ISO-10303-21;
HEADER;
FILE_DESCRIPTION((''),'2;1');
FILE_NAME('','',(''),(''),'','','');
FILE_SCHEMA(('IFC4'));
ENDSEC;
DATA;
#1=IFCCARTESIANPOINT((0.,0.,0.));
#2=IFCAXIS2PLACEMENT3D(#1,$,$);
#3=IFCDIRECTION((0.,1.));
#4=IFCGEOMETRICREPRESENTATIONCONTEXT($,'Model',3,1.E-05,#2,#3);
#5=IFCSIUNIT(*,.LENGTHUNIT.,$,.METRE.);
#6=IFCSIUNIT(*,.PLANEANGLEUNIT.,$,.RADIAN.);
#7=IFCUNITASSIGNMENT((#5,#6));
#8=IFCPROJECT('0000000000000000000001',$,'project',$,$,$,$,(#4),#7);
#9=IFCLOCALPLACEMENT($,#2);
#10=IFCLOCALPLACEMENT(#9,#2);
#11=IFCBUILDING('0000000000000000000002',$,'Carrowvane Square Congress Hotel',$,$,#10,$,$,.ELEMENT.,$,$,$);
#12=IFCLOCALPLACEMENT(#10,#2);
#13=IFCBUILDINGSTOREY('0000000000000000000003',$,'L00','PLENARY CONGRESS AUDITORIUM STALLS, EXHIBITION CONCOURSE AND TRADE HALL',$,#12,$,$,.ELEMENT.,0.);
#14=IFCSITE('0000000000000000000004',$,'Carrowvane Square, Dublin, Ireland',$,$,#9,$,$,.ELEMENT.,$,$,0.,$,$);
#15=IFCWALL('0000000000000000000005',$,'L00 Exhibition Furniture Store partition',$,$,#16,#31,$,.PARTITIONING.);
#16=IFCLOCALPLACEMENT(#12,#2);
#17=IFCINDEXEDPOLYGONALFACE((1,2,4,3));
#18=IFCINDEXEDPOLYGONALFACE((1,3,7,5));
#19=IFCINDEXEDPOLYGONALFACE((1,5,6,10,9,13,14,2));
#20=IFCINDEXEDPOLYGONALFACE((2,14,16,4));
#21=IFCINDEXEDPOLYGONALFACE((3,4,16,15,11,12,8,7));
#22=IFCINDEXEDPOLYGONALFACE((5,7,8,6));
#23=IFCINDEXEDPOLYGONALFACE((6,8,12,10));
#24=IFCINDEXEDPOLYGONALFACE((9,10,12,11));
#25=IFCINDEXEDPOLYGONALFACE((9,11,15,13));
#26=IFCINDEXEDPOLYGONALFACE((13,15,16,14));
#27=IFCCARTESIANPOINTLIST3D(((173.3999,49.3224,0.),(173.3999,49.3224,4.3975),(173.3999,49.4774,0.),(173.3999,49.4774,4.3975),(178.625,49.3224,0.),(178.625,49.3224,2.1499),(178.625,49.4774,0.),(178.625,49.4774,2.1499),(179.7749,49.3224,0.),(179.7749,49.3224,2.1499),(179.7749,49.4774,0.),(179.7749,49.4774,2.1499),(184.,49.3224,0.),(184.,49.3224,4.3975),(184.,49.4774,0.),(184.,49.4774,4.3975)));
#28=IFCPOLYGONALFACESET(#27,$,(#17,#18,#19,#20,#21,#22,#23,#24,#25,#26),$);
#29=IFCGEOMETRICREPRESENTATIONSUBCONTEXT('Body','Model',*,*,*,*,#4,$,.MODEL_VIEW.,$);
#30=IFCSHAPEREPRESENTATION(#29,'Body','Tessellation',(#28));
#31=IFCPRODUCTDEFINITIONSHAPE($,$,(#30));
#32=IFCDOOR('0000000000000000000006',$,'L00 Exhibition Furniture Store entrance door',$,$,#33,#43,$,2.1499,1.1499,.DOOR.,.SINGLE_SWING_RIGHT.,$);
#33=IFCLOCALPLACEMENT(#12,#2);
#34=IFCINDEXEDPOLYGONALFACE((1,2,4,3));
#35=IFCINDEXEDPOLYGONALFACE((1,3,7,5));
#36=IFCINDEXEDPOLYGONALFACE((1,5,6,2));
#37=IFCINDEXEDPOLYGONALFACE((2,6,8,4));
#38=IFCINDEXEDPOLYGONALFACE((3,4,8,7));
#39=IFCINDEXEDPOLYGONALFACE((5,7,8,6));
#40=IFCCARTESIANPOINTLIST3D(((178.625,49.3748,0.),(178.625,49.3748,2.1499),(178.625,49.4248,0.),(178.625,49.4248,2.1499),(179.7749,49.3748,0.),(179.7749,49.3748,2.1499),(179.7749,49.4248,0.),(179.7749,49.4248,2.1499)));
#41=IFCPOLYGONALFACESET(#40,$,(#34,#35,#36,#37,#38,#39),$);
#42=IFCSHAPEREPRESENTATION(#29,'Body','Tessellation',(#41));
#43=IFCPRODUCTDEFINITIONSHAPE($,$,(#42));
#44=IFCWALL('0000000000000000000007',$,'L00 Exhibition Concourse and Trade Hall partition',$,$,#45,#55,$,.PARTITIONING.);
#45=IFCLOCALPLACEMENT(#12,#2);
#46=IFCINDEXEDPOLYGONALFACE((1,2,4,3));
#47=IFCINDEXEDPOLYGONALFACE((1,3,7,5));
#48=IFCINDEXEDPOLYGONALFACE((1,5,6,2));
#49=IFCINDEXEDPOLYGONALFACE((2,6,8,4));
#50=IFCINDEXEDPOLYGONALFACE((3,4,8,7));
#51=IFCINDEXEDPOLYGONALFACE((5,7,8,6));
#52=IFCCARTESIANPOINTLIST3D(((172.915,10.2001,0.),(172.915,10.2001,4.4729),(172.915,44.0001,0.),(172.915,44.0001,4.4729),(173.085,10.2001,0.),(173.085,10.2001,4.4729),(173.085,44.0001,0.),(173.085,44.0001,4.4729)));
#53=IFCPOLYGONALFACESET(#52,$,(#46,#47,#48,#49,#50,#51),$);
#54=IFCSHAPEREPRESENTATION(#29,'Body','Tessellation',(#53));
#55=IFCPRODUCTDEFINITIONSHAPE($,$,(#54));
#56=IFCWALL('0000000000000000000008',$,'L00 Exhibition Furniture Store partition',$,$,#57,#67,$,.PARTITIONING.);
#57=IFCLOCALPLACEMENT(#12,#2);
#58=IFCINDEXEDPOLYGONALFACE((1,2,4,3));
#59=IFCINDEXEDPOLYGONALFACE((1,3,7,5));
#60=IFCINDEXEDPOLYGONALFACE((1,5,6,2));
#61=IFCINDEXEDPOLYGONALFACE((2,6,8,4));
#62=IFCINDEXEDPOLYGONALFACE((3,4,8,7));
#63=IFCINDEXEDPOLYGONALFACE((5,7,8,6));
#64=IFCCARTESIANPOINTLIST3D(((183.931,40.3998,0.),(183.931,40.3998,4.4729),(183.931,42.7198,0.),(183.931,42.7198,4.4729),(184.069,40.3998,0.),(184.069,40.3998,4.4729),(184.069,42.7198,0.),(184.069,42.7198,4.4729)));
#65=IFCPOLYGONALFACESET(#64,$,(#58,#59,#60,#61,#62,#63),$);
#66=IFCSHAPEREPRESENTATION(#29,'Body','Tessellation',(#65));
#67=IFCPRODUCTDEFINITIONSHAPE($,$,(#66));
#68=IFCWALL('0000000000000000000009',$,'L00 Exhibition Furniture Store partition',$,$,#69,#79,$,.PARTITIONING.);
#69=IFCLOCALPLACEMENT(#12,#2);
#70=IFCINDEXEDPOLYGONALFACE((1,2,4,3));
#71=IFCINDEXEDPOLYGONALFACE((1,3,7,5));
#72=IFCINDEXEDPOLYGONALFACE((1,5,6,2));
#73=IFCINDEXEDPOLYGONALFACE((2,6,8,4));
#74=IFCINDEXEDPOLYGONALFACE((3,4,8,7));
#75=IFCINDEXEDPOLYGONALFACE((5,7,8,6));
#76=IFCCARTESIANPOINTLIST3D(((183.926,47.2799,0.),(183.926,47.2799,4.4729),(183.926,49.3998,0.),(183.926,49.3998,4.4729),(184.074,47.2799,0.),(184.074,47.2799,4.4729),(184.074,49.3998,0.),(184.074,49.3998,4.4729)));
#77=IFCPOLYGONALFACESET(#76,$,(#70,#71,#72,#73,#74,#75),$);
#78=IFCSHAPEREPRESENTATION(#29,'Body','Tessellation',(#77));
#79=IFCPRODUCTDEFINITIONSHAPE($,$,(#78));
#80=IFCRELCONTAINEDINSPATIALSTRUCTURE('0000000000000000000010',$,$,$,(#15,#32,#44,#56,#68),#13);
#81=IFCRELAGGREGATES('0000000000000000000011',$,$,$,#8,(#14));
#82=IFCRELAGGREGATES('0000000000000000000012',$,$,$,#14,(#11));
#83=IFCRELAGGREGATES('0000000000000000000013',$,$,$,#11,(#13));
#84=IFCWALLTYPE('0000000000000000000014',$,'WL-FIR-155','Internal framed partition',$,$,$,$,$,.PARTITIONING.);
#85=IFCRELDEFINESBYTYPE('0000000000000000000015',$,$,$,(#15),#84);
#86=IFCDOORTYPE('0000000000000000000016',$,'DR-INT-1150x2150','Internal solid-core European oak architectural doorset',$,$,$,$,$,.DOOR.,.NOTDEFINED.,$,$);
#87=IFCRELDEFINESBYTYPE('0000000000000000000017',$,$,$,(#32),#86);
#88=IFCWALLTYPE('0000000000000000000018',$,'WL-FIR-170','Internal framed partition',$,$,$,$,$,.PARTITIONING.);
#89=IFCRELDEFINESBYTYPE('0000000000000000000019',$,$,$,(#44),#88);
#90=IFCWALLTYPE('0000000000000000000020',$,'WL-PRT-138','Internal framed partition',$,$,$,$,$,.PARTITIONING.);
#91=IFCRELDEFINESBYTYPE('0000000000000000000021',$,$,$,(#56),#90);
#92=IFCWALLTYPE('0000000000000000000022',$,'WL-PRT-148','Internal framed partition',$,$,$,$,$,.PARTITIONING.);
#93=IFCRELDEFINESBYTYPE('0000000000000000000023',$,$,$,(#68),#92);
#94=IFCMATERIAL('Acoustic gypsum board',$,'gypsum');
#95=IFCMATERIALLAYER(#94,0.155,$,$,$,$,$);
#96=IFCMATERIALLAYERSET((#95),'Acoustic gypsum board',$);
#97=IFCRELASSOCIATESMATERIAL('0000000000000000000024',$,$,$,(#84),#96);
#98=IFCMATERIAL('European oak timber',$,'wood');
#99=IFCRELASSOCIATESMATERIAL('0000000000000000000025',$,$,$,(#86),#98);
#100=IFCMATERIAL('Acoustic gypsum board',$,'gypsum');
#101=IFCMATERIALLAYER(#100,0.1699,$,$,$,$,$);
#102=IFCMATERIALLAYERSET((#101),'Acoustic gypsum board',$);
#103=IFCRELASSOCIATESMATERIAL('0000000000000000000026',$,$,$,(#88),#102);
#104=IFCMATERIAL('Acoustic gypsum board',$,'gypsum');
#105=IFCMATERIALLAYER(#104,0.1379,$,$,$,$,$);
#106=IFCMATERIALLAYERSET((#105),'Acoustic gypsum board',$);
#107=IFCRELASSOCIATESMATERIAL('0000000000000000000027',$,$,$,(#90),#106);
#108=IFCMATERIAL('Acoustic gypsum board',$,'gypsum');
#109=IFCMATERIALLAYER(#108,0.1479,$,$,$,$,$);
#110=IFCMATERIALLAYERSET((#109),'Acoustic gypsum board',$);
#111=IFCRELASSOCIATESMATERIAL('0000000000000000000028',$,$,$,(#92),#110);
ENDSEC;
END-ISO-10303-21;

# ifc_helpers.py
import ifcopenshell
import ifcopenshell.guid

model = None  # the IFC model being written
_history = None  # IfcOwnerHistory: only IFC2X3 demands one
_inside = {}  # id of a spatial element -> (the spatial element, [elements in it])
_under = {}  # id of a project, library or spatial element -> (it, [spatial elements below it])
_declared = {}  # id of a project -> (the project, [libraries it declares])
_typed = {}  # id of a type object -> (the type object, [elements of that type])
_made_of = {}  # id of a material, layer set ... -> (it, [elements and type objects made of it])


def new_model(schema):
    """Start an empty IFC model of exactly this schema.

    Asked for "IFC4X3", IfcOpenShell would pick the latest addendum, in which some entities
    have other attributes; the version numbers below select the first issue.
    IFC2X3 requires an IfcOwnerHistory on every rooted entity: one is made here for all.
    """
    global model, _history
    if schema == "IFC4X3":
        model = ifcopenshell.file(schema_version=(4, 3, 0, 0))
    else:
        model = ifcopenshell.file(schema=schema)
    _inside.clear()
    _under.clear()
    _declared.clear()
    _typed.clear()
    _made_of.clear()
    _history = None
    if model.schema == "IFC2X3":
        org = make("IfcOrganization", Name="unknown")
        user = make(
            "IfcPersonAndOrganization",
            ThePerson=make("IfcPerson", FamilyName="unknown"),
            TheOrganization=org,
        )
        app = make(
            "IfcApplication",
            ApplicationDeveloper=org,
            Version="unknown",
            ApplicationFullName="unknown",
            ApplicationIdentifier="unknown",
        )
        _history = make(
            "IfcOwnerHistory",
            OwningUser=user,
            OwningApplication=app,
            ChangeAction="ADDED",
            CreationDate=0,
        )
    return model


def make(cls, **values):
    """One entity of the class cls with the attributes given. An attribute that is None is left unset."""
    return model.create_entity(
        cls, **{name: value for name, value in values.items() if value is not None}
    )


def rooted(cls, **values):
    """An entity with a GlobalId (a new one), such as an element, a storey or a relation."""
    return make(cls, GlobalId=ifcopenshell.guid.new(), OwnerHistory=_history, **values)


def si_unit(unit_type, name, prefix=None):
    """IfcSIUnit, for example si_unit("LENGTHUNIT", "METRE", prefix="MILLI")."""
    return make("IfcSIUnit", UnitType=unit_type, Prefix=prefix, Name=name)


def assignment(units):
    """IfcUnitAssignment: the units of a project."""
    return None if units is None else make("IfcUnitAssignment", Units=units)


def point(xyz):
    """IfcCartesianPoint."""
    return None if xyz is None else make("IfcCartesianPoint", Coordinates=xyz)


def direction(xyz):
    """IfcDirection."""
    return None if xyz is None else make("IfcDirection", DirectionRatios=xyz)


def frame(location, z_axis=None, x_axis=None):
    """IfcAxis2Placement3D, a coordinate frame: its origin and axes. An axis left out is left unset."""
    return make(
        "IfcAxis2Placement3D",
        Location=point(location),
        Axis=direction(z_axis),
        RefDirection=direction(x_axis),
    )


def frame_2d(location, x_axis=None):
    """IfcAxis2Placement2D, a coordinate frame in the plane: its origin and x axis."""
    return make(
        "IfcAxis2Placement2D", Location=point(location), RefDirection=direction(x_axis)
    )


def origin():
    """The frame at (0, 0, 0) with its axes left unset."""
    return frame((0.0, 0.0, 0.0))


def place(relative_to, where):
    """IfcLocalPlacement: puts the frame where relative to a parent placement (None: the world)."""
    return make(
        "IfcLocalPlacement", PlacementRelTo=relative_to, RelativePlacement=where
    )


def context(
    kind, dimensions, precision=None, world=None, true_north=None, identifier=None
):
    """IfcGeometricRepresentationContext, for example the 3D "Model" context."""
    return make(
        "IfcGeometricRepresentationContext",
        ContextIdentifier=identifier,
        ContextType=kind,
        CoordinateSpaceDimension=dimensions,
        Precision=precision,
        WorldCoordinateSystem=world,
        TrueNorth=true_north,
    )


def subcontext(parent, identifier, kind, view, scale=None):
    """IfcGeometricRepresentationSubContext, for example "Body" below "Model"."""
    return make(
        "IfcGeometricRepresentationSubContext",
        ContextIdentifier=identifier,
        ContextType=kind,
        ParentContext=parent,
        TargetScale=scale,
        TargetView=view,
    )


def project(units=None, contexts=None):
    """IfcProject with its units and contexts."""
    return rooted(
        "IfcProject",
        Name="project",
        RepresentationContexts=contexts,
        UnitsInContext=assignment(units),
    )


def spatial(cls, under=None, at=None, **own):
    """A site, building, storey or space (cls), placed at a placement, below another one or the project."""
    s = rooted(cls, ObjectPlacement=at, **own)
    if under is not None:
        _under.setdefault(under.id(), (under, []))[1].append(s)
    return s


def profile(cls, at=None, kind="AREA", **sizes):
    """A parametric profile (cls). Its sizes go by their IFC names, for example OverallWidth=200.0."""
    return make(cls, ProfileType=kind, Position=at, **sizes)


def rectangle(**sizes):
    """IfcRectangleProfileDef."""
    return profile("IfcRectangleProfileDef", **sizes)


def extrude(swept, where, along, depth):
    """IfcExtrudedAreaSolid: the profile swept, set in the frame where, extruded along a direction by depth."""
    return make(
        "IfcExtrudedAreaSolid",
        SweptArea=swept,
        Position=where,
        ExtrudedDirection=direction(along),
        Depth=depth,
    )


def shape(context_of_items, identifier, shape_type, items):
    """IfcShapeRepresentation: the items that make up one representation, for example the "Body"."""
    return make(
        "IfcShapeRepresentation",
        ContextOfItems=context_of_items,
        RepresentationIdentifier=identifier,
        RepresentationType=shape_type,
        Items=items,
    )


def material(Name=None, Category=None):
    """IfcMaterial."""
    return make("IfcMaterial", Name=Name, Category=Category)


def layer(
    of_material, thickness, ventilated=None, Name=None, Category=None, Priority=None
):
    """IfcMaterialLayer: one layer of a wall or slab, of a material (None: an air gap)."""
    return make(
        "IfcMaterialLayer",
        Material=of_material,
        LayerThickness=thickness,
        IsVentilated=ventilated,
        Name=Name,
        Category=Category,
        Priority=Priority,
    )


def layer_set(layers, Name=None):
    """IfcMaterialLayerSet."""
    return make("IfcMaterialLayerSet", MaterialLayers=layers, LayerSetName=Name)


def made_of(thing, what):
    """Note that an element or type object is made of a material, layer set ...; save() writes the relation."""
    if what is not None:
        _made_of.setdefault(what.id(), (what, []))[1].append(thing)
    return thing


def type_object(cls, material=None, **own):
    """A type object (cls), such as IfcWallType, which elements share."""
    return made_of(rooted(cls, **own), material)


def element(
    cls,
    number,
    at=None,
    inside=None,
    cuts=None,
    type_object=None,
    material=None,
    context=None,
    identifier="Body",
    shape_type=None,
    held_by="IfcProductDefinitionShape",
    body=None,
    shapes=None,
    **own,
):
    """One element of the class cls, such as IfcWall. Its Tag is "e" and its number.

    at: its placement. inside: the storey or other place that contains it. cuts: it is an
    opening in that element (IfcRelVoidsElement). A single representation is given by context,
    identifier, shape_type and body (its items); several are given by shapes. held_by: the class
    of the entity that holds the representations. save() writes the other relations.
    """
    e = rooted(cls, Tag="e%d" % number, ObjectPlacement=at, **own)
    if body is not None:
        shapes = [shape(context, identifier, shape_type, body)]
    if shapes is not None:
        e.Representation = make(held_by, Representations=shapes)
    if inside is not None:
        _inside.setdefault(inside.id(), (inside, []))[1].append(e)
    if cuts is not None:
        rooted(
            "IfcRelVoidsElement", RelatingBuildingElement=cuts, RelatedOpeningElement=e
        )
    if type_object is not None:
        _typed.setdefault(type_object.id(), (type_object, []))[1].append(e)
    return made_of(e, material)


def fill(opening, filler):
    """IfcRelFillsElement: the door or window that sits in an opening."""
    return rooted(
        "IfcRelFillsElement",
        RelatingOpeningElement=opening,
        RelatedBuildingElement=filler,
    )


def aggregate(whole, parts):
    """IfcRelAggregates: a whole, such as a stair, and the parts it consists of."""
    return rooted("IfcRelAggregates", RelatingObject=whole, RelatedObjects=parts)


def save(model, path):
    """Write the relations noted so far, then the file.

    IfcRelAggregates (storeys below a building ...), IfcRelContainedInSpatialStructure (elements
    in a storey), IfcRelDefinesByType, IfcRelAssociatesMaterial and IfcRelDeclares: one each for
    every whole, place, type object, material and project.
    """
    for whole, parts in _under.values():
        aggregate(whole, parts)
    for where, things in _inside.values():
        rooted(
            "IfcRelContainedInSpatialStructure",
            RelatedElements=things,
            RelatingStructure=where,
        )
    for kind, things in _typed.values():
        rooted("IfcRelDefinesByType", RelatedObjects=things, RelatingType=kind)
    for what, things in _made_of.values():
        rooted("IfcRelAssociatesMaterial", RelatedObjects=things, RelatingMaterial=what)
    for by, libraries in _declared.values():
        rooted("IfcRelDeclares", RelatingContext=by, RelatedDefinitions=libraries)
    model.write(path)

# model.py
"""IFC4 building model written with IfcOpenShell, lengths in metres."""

from ifc_helpers import new_model, si_unit, direction, frame, frame_2d, origin, place, context, subcontext, project, spatial, rectangle, extrude, material, layer, layer_set, type_object, element, fill, save


model = new_model("IFC4")

# Units and contexts
model_context = context("Model", 3, precision=1e-05, world=origin(), true_north=direction((0.0, 1.0)))
body_context = subcontext(model_context, "Body", "Model", "MODEL_VIEW")
ifc_project = project(units=[si_unit("LENGTHUNIT", "METRE"), si_unit("PLANEANGLEUNIT", "RADIAN")], contexts=[model_context])

# Site, building, storey
site_placement = place(None, origin())
site = spatial("IfcSite", under=ifc_project, at=site_placement, Name="Carrowvane Square, Dublin, Ireland", CompositionType="ELEMENT", RefElevation=0.0)
building_placement = place(site_placement, origin())
building = spatial("IfcBuilding", under=site, at=building_placement, Name="Carrowvane Square Congress Hotel", CompositionType="ELEMENT")
storey_placement = place(building_placement, origin())
storey = spatial("IfcBuildingStorey", under=building, at=storey_placement, Name="L00", Description="PLENARY CONGRESS AUDITORIUM STALLS, EXHIBITION CONCOURSE AND TRADE HALL", CompositionType="ELEMENT", Elevation=0.0)

# Wall, opening, door
ifc_material_1 = material(Name="Acoustic gypsum board", Category="gypsum")
ifc_layer_1 = layer(ifc_material_1, 0.155)
ifc_layer_set_1 = layer_set([ifc_layer_1], Name="Acoustic gypsum board")
wall_type_1 = type_object("IfcWallType", Name="WL-FIR-155", Description="Internal framed partition", PredefinedType="PARTITIONING", material=ifc_layer_set_1)
wall_1_placement = place(storey_placement, frame((173.3999, 49.3999, 0.0), z_axis=(0.0, 0.0, 1.0), x_axis=(1.0, 0.0, 0.0)))
wall_1 = element("IfcWall", 1, at=wall_1_placement, inside=storey, type_object=wall_type_1, Name="L00 Exhibition Furniture Store partition", PredefinedType="PARTITIONING", context=body_context, shape_type="SweptSolid", body=[
    extrude(rectangle(XDim=10.6001, YDim=0.155, at=frame_2d((5.3, 0.0))), origin(), (0.0, 0.0, 1.0), 4.3975),
])
opening_1_placement = place(wall_1_placement, frame((5.2251, 0.0, 0.0)))
opening_1 = element("IfcOpeningElement", 2, at=opening_1_placement, cuts=wall_1, PredefinedType="OPENING", context=body_context, shape_type="SweptSolid", body=[
    extrude(rectangle(XDim=1.1499, YDim=2.1499, at=frame_2d((0.575, 1.075))), frame((0.0, 0.0874, 0.0), z_axis=(0.0, -1.0, 0.0), x_axis=(1.0, 0.0, 0.0)), (0.0, 0.0, 1.0), 0.175),
])
ifc_material_2 = material(Name="European oak timber", Category="wood")
door_type_1 = type_object("IfcDoorType", Name="DR-INT-1150x2150", Description="Internal solid-core European oak architectural doorset", OperationType="NOTDEFINED", PredefinedType="DOOR", material=ifc_material_2)
door_1_placement = place(opening_1_placement, origin())
door_1 = element("IfcDoor", 3, at=door_1_placement, inside=storey, type_object=door_type_1, Name="L00 Exhibition Furniture Store entrance door", OperationType="SINGLE_SWING_RIGHT", OverallHeight=2.1499, OverallWidth=1.1499, PredefinedType="DOOR", context=body_context, shape_type="SweptSolid", body=[
    extrude(rectangle(XDim=1.1499, YDim=2.1499, at=frame_2d((0.575, 1.075))), frame((0.0, 0.0249, 0.0), z_axis=(0.0, -1.0, 0.0), x_axis=(1.0, 0.0, 0.0)), (0.0, 0.0, 1.0), 0.05),
])
fill(opening_1, door_1)

# Walls
ifc_material_3 = material(Name="Acoustic gypsum board", Category="gypsum")
ifc_layer_2 = layer(ifc_material_3, 0.1699)
ifc_layer_set_2 = layer_set([ifc_layer_2], Name="Acoustic gypsum board")
wall_type_2 = type_object("IfcWallType", Name="WL-FIR-170", Description="Internal framed partition", PredefinedType="PARTITIONING", material=ifc_layer_set_2)
wall_2_placement = place(storey_placement, frame((173.0, 44.0, 0.0), z_axis=(0.0, 0.0, 1.0), x_axis=(0.0, -1.0, 0.0)))
element("IfcWall", 4, at=wall_2_placement, inside=storey, type_object=wall_type_2, Name="L00 Exhibition Concourse and Trade Hall partition", PredefinedType="PARTITIONING", context=body_context, shape_type="SweptSolid", body=[
    extrude(rectangle(XDim=33.8, YDim=0.1699, at=frame_2d((16.8999, 0.0))), origin(), (0.0, 0.0, 1.0), 4.4729),
])
ifc_material_4 = material(Name="Acoustic gypsum board", Category="gypsum")
ifc_layer_3 = layer(ifc_material_4, 0.1379)
ifc_layer_set_3 = layer_set([ifc_layer_3], Name="Acoustic gypsum board")
wall_type_3 = type_object("IfcWallType", Name="WL-PRT-138", Description="Internal framed partition", PredefinedType="PARTITIONING", material=ifc_layer_set_3)
wall_3_placement = place(storey_placement, frame((184.0, 42.72, 0.0), z_axis=(0.0, 0.0, 1.0), x_axis=(0.0, -1.0, 0.0)))
element("IfcWall", 5, at=wall_3_placement, inside=storey, type_object=wall_type_3, Name="L00 Exhibition Furniture Store partition", PredefinedType="PARTITIONING", context=body_context, shape_type="SweptSolid", body=[
    extrude(rectangle(XDim=2.3201, YDim=0.1379, at=frame_2d((1.1602, 0.0))), origin(), (0.0, 0.0, 1.0), 4.4729),
])
ifc_material_5 = material(Name="Acoustic gypsum board", Category="gypsum")
ifc_layer_4 = layer(ifc_material_5, 0.1479)
ifc_layer_set_4 = layer_set([ifc_layer_4], Name="Acoustic gypsum board")
wall_type_4 = type_object("IfcWallType", Name="WL-PRT-148", Description="Internal framed partition", PredefinedType="PARTITIONING", material=ifc_layer_set_4)
wall_4_placement = place(storey_placement, frame((184.0, 49.3999, 0.0), z_axis=(0.0, 0.0, 1.0), x_axis=(0.0, -1.0, 0.0)))
element("IfcWall", 6, at=wall_4_placement, inside=storey, type_object=wall_type_4, Name="L00 Exhibition Furniture Store partition", PredefinedType="PARTITIONING", context=body_context, shape_type="SweptSolid", body=[
    extrude(rectangle(XDim=2.1199, YDim=0.1479, at=frame_2d((1.0601, 0.0))), origin(), (0.0, 0.0, 1.0), 4.4729),
])

save(model, "model.ifc")
